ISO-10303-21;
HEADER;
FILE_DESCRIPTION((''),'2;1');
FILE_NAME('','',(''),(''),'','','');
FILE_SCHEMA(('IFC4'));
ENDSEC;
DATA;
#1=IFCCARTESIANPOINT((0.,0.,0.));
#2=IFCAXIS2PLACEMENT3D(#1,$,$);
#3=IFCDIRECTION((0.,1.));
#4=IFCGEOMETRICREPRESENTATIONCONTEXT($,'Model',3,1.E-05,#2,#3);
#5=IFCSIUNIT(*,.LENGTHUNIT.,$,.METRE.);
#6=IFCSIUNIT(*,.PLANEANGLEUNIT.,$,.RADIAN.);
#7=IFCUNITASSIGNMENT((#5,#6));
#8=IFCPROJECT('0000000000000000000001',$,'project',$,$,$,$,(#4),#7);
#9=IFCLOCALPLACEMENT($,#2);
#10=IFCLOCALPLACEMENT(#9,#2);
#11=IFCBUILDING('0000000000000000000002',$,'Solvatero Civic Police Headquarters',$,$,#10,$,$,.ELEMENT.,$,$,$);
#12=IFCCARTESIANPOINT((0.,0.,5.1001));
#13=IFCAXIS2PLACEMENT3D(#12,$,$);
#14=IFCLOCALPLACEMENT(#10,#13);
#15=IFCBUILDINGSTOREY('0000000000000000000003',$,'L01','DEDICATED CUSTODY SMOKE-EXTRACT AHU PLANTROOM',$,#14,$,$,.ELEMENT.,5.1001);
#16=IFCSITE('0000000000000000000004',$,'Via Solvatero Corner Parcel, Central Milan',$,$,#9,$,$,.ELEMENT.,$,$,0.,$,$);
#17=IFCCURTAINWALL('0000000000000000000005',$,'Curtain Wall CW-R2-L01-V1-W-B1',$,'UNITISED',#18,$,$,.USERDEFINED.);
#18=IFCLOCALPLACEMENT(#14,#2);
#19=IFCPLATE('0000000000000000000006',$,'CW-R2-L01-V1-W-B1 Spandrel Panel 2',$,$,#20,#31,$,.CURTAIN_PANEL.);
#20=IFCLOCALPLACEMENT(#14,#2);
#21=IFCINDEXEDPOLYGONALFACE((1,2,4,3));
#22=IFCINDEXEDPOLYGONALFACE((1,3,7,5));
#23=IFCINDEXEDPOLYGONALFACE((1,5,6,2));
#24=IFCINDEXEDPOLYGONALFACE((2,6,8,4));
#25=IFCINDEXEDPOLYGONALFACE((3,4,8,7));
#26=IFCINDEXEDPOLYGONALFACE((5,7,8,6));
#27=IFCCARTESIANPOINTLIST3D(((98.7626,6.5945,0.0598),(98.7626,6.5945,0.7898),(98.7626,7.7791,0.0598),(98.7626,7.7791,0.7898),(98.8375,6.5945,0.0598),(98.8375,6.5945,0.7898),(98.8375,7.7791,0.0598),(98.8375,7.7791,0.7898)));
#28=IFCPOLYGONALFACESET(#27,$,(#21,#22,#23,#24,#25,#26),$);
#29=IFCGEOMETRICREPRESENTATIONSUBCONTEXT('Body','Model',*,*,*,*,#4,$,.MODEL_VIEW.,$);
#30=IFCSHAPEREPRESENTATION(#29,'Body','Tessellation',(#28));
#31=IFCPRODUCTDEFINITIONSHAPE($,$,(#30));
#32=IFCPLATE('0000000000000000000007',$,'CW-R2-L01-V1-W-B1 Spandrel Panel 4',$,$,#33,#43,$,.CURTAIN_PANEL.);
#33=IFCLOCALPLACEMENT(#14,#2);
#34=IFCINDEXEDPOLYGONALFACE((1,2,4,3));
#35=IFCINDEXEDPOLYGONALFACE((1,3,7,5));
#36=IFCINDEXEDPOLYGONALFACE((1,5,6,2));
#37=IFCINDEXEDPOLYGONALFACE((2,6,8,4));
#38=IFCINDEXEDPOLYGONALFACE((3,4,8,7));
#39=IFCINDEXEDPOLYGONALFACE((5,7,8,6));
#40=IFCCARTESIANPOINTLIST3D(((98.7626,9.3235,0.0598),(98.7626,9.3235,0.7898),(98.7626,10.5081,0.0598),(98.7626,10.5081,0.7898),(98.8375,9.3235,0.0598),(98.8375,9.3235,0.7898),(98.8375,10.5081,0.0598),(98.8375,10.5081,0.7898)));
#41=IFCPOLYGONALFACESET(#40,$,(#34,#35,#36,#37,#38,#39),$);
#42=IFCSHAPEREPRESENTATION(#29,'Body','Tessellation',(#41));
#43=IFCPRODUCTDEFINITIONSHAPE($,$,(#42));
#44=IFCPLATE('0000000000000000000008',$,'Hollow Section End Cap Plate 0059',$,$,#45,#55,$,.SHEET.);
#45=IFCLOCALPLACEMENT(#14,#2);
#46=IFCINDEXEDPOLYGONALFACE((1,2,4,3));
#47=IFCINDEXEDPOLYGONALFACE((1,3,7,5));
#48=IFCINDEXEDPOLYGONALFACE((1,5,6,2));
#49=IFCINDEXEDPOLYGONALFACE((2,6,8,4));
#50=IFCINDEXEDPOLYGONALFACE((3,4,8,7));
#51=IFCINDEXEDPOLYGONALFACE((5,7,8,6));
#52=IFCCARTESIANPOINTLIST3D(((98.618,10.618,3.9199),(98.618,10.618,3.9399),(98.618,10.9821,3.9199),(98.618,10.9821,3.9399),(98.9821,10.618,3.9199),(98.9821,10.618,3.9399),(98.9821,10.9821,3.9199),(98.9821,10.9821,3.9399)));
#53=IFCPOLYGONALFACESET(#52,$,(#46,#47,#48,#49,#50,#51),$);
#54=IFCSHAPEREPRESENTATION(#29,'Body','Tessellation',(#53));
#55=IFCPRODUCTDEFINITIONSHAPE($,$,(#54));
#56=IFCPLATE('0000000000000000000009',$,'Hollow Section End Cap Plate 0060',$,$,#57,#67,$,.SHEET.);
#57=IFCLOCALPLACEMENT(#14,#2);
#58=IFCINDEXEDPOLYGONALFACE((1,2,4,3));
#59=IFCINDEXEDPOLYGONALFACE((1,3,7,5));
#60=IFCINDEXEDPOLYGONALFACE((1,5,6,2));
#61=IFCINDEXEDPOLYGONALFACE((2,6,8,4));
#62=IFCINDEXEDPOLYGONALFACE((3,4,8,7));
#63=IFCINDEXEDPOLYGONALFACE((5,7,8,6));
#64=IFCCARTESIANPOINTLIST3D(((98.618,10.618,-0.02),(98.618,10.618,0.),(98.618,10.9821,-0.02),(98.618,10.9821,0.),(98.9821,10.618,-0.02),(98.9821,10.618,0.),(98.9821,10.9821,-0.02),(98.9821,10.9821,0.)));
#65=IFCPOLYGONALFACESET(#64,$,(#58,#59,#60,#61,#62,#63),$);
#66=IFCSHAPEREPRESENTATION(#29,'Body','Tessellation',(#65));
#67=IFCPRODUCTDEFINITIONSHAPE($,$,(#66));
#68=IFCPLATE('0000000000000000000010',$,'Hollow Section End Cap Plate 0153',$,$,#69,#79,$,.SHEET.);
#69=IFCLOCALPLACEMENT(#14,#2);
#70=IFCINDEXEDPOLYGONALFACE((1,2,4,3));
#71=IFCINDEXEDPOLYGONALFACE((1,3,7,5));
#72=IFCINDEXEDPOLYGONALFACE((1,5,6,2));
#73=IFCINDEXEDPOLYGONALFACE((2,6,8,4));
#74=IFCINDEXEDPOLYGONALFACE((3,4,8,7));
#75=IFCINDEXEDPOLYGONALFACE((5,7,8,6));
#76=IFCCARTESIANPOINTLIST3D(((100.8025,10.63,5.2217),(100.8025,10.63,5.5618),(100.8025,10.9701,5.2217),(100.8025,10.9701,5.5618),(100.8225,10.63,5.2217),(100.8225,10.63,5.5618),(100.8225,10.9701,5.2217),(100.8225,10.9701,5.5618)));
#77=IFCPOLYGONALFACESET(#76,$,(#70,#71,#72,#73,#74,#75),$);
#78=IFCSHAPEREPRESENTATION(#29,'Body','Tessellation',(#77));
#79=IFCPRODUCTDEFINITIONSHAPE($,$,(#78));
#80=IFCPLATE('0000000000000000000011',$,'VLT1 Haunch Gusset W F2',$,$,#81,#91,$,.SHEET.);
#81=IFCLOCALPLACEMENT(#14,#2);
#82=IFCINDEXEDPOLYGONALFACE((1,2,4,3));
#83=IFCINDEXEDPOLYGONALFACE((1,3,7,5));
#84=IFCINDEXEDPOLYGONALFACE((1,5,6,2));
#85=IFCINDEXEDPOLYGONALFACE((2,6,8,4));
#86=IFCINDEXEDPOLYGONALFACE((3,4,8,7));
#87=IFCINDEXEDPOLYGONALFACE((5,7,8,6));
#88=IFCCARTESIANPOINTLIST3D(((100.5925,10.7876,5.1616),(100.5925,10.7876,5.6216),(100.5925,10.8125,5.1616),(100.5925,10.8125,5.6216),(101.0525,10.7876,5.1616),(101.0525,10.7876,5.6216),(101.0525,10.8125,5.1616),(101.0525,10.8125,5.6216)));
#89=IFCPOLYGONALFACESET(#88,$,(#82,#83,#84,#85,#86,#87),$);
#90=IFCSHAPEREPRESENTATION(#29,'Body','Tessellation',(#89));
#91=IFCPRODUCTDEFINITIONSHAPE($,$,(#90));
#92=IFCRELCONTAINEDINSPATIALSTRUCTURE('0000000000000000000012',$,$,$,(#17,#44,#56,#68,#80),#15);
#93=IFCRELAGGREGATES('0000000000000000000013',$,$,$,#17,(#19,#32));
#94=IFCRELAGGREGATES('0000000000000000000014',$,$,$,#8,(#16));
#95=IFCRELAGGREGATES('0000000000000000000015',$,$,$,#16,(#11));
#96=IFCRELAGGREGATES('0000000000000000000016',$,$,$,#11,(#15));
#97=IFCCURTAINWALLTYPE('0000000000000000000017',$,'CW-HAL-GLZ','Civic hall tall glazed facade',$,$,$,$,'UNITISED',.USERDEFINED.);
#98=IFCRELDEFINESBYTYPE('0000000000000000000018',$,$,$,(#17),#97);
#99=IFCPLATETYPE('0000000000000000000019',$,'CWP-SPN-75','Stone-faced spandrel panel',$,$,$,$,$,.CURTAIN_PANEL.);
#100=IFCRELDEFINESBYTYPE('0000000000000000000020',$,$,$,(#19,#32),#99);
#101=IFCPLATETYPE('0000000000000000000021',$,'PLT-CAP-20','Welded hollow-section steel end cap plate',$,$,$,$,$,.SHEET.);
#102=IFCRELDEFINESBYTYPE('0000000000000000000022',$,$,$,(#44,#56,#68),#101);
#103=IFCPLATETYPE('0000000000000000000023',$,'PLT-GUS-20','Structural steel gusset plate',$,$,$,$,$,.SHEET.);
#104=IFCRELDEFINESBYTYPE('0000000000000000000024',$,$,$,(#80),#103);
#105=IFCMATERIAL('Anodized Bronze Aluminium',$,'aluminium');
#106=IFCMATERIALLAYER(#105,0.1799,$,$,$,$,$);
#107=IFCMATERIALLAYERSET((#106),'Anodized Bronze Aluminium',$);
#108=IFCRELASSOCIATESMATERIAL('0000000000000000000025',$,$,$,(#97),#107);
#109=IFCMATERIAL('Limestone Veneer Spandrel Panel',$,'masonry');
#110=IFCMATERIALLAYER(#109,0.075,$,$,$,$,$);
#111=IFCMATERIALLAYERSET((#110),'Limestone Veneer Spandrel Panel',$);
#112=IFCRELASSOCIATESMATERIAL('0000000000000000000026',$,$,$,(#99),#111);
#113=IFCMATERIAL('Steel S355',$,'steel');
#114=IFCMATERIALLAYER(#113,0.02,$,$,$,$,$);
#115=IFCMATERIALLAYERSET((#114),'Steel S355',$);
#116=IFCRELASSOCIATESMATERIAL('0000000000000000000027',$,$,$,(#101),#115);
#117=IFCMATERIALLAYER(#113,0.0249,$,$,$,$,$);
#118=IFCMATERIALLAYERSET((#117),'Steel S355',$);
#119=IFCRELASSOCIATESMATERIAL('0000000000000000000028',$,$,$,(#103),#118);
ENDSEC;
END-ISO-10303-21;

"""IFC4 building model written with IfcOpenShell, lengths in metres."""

from ifc_helpers import new_model, si_unit, direction, frame, origin, origin_2d, place, context, subcontext, project, spatial, rectangle, extrude, material, layer, layer_set, type_object, element, aggregate, save


model = new_model("IFC4")

# Units and contexts
model_context = context("Model", 3, precision=1e-05, world=origin(), true_north=direction((0.0, 1.0)))
body_context = subcontext(model_context, "Body", "Model", "MODEL_VIEW")
ifc_project = project(units=[si_unit("LENGTHUNIT", "METRE"), si_unit("PLANEANGLEUNIT", "RADIAN")], contexts=[model_context])

# Site, building, storey
site_placement = place(None, origin())
site = spatial("IfcSite", under=ifc_project, at=site_placement, Name="Via Solvatero Corner Parcel, Central Milan", CompositionType="ELEMENT", RefElevation=0.0)
building_placement = place(site_placement, origin())
building = spatial("IfcBuilding", under=site, at=building_placement, Name="Solvatero Civic Police Headquarters", CompositionType="ELEMENT")
storey_placement = place(building_placement, frame((0.0, 0.0, 5.1001)))
storey = spatial("IfcBuildingStorey", under=building, at=storey_placement, Name="L01", Description="DEDICATED CUSTODY SMOKE-EXTRACT AHU PLANTROOM", CompositionType="ELEMENT", Elevation=5.1001)

# Shared definitions
ifc_material_1 = material(Name="Steel S355", Category="steel")

# Curtain wall
ifc_material_2 = material(Name="Anodized Bronze Aluminium", Category="aluminium")
ifc_layer_1 = layer(ifc_material_2, 0.1799)
ifc_layer_set_1 = layer_set([ifc_layer_1], Name="Anodized Bronze Aluminium")
curtain_wall_type = type_object("IfcCurtainWallType", Name="CW-HAL-GLZ", Description="Civic hall tall glazed facade", ElementType="UNITISED", PredefinedType="USERDEFINED", material=ifc_layer_set_1)
curtain_wall_placement = place(storey_placement, origin())
curtain_wall = element("IfcCurtainWall", 1, at=curtain_wall_placement, inside=storey, type_object=curtain_wall_type, Name="Curtain Wall CW-R2-L01-V1-W-B1", ObjectType="UNITISED", PredefinedType="USERDEFINED")

# Plates
ifc_material_3 = material(Name="Limestone Veneer Spandrel Panel", Category="masonry")
ifc_layer_2 = layer(ifc_material_3, 0.075)
ifc_layer_set_2 = layer_set([ifc_layer_2], Name="Limestone Veneer Spandrel Panel")
plate_type_1 = type_object("IfcPlateType", Name="CWP-SPN-75", Description="Stone-faced spandrel panel", PredefinedType="CURTAIN_PANEL", material=ifc_layer_set_2)
plate_1_placement = place(storey_placement, frame((98.8, 7.1868, 0.0598), z_axis=(0.0, 0.0, 1.0), x_axis=(0.0, 1.0, 0.0)))
plate_1 = element("IfcPlate", 2, at=plate_1_placement, type_object=plate_type_1, Name="CW-R2-L01-V1-W-B1 Spandrel Panel 2", PredefinedType="CURTAIN_PANEL", context=body_context, shape_type="SweptSolid", body=[
    extrude(rectangle(XDim=1.1846, YDim=0.075, at=origin_2d()), origin(), (0.0, 0.0, 1.0), 0.73),
])
plate_2_placement = place(storey_placement, frame((98.8, 9.9158, 0.0598), z_axis=(0.0, 0.0, 1.0), x_axis=(0.0, 1.0, 0.0)))
plate_2 = element("IfcPlate", 3, at=plate_2_placement, type_object=plate_type_1, Name="CW-R2-L01-V1-W-B1 Spandrel Panel 4", PredefinedType="CURTAIN_PANEL", context=body_context, shape_type="SweptSolid", body=[
    extrude(rectangle(XDim=1.1846, YDim=0.075, at=origin_2d()), origin(), (0.0, 0.0, 1.0), 0.73),
])
aggregate(curtain_wall, [plate_1, plate_2])

# Plates
ifc_layer_3 = layer(ifc_material_1, 0.02)
ifc_layer_set_3 = layer_set([ifc_layer_3], Name="Steel S355")
plate_type_2 = type_object("IfcPlateType", Name="PLT-CAP-20", Description="Welded hollow-section steel end cap plate", PredefinedType="SHEET", material=ifc_layer_set_3)
for number, where, z_axis, x_axis, name in (
    (4, (98.8, 10.8, 3.9199), (0.0, 0.0, 1.0), (1.0, 0.0, 0.0), "Hollow Section End Cap Plate 0059"),
    (5, (98.8, 10.8, -0.02), (0.0, 0.0, 1.0), (1.0, 0.0, 0.0), "Hollow Section End Cap Plate 0060"),
):
    element("IfcPlate", number, at=place(storey_placement, frame(where, z_axis=z_axis, x_axis=x_axis)), inside=storey, type_object=plate_type_2, Name=name, PredefinedType="SHEET", context=body_context, shape_type="SweptSolid", body=[
        extrude(rectangle(XDim=0.364, YDim=0.364, at=origin_2d()), origin(), (0.0, 0.0, 1.0), 0.02),
    ])
plate_3_placement = place(storey_placement, frame((100.8125, 10.8, 5.2217), z_axis=(0.0, 0.0, 1.0), x_axis=(1.0, 0.0, 0.0)))
element("IfcPlate", 6, at=plate_3_placement, inside=storey, type_object=plate_type_2, Name="Hollow Section End Cap Plate 0153", PredefinedType="SHEET", context=body_context, shape_type="SweptSolid", body=[
    extrude(rectangle(XDim=0.02, YDim=0.3401, at=origin_2d()), origin(), (0.0, 0.0, 1.0), 0.3401),
])
ifc_layer_4 = layer(ifc_material_1, 0.0249)
ifc_layer_set_4 = layer_set([ifc_layer_4], Name="Steel S355")
plate_type_3 = type_object("IfcPlateType", Name="PLT-GUS-20", Description="Structural steel gusset plate", PredefinedType="SHEET", material=ifc_layer_set_4)
plate_4_placement = place(storey_placement, frame((100.8225, 10.8, 5.1616), z_axis=(0.0, 0.0, 1.0), x_axis=(1.0, 0.0, 0.0)))
element("IfcPlate", 7, at=plate_4_placement, inside=storey, type_object=plate_type_3, Name="VLT1 Haunch Gusset W F2", PredefinedType="SHEET", context=body_context, shape_type="SweptSolid", body=[
    extrude(rectangle(XDim=0.46, YDim=0.0249, at=origin_2d()), origin(), (0.0, 0.0, 1.0), 0.46),
])

save(model, "model.ifc")
